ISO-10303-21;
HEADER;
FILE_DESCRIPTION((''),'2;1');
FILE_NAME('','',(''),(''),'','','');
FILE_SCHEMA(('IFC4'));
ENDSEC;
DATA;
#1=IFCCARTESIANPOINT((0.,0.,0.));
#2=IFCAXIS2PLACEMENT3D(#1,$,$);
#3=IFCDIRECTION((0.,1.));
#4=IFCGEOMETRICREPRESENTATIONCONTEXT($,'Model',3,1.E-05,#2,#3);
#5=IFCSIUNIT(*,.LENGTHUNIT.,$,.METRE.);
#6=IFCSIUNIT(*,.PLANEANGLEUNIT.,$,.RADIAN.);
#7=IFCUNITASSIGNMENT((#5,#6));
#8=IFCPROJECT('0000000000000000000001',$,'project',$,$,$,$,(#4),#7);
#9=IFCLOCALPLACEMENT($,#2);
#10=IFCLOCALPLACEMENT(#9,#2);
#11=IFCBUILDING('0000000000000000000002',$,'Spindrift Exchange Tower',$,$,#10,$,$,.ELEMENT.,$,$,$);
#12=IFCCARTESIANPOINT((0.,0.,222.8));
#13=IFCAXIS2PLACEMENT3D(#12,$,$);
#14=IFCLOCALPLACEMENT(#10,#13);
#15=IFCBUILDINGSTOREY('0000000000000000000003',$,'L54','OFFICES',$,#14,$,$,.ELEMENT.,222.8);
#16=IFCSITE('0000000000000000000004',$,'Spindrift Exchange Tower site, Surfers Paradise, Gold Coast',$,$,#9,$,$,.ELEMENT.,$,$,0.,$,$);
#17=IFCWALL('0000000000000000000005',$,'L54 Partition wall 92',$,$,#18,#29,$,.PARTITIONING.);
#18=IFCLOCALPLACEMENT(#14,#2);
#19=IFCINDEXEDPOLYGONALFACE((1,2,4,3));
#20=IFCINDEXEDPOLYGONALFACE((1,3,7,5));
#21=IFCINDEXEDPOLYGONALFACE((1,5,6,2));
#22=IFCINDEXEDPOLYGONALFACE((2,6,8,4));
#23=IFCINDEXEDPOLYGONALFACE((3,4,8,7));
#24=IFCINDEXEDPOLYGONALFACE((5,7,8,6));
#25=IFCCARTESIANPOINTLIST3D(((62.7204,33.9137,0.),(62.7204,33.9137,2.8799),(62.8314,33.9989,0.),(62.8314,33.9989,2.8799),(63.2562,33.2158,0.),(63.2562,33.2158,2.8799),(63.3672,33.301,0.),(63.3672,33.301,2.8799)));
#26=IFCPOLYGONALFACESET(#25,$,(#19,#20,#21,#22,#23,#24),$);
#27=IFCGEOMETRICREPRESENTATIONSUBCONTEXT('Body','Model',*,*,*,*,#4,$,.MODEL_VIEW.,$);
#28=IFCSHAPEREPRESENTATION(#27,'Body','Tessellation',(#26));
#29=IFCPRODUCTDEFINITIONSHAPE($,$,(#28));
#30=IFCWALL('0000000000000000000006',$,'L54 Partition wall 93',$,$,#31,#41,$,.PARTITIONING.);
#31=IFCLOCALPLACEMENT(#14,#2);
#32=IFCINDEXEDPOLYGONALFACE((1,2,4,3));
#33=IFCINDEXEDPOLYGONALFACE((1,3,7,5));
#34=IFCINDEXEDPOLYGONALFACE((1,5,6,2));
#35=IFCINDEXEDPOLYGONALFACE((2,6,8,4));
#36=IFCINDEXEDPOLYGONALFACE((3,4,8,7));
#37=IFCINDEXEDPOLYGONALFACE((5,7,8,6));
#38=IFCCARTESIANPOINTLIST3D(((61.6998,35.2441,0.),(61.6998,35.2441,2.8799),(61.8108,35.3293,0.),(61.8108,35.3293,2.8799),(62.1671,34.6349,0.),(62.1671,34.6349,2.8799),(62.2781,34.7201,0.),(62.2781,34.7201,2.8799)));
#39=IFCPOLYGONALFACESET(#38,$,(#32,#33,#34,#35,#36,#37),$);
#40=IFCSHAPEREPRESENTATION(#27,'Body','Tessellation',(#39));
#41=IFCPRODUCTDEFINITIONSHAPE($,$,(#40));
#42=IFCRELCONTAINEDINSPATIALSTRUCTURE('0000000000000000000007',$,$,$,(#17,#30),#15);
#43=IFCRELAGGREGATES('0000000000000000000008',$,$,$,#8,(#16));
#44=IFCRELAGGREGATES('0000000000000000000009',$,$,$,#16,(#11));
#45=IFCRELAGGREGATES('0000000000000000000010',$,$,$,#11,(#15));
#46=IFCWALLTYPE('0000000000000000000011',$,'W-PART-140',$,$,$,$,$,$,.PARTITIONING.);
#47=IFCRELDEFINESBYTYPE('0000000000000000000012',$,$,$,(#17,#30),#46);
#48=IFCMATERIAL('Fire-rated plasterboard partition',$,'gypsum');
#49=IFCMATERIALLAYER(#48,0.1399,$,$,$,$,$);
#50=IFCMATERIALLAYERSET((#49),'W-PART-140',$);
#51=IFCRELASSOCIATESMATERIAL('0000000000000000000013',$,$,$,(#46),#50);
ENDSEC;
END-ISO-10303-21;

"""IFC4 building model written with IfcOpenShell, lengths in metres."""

from ifc_helpers import new_model, si_unit, direction, frame, frame_2d, origin, place, context, subcontext, project, spatial, rectangle, extrude, material, layer, layer_set, type_object, element, save


model = new_model("IFC4")

# Units and contexts
model_context = context("Model", 3, precision=1e-05, world=origin(), true_north=direction((0.0, 1.0)))
body_context = subcontext(model_context, "Body", "Model", "MODEL_VIEW")
ifc_project = project(units=[si_unit("LENGTHUNIT", "METRE"), si_unit("PLANEANGLEUNIT", "RADIAN")], contexts=[model_context])

# Site, building, storey
site_placement = place(None, origin())
site = spatial("IfcSite", under=ifc_project, at=site_placement, Name="Spindrift Exchange Tower site, Surfers Paradise, Gold Coast", CompositionType="ELEMENT", RefElevation=0.0)
building_placement = place(site_placement, origin())
building = spatial("IfcBuilding", under=site, at=building_placement, Name="Spindrift Exchange Tower", CompositionType="ELEMENT")
storey_placement = place(building_placement, frame((0.0, 0.0, 222.8)))
storey = spatial("IfcBuildingStorey", under=building, at=storey_placement, Name="L54", Description="OFFICES", CompositionType="ELEMENT", Elevation=222.8)

# Shared definitions
ifc_material_1 = material(Name="Fire-rated plasterboard partition", Category="gypsum")

# Shared definitions
ifc_layer_1 = layer(ifc_material_1, 0.1399)
ifc_layer_set_1 = layer_set([ifc_layer_1], Name="W-PART-140")
wall_type_1 = type_object("IfcWallType", Name="W-PART-140", PredefinedType="PARTITIONING", material=ifc_layer_set_1)

# Walls
wall_1_placement = place(storey_placement, frame((62.7759, 33.9563, 0.0), z_axis=(0.0, 0.0, 1.0), x_axis=(0.608973, -0.793191, 0.0)))
element("IfcWall", 1, at=wall_1_placement, inside=storey, type_object=wall_type_1, Name="L54 Partition wall 92", PredefinedType="PARTITIONING", context=body_context, shape_type="SweptSolid", body=[
    extrude(rectangle(XDim=0.8799, YDim=0.1399, at=frame_2d((0.4399, 0.0))), origin(), (0.0, 0.0, 1.0), 2.8799),
])
wall_2_placement = place(storey_placement, frame((61.7554, 35.2866, 0.0), z_axis=(0.0, 0.0, 1.0), x_axis=(0.608665, -0.793427, 0.0)))
element("IfcWall", 2, at=wall_2_placement, inside=storey, type_object=wall_type_1, Name="L54 Partition wall 93", PredefinedType="PARTITIONING", context=body_context, shape_type="SweptSolid", body=[
    extrude(rectangle(XDim=0.7678, YDim=0.1399, at=frame_2d((0.3838, 0.0))), origin(), (0.0, 0.0, 1.0), 2.8799),
])

save(model, "model.ifc")
